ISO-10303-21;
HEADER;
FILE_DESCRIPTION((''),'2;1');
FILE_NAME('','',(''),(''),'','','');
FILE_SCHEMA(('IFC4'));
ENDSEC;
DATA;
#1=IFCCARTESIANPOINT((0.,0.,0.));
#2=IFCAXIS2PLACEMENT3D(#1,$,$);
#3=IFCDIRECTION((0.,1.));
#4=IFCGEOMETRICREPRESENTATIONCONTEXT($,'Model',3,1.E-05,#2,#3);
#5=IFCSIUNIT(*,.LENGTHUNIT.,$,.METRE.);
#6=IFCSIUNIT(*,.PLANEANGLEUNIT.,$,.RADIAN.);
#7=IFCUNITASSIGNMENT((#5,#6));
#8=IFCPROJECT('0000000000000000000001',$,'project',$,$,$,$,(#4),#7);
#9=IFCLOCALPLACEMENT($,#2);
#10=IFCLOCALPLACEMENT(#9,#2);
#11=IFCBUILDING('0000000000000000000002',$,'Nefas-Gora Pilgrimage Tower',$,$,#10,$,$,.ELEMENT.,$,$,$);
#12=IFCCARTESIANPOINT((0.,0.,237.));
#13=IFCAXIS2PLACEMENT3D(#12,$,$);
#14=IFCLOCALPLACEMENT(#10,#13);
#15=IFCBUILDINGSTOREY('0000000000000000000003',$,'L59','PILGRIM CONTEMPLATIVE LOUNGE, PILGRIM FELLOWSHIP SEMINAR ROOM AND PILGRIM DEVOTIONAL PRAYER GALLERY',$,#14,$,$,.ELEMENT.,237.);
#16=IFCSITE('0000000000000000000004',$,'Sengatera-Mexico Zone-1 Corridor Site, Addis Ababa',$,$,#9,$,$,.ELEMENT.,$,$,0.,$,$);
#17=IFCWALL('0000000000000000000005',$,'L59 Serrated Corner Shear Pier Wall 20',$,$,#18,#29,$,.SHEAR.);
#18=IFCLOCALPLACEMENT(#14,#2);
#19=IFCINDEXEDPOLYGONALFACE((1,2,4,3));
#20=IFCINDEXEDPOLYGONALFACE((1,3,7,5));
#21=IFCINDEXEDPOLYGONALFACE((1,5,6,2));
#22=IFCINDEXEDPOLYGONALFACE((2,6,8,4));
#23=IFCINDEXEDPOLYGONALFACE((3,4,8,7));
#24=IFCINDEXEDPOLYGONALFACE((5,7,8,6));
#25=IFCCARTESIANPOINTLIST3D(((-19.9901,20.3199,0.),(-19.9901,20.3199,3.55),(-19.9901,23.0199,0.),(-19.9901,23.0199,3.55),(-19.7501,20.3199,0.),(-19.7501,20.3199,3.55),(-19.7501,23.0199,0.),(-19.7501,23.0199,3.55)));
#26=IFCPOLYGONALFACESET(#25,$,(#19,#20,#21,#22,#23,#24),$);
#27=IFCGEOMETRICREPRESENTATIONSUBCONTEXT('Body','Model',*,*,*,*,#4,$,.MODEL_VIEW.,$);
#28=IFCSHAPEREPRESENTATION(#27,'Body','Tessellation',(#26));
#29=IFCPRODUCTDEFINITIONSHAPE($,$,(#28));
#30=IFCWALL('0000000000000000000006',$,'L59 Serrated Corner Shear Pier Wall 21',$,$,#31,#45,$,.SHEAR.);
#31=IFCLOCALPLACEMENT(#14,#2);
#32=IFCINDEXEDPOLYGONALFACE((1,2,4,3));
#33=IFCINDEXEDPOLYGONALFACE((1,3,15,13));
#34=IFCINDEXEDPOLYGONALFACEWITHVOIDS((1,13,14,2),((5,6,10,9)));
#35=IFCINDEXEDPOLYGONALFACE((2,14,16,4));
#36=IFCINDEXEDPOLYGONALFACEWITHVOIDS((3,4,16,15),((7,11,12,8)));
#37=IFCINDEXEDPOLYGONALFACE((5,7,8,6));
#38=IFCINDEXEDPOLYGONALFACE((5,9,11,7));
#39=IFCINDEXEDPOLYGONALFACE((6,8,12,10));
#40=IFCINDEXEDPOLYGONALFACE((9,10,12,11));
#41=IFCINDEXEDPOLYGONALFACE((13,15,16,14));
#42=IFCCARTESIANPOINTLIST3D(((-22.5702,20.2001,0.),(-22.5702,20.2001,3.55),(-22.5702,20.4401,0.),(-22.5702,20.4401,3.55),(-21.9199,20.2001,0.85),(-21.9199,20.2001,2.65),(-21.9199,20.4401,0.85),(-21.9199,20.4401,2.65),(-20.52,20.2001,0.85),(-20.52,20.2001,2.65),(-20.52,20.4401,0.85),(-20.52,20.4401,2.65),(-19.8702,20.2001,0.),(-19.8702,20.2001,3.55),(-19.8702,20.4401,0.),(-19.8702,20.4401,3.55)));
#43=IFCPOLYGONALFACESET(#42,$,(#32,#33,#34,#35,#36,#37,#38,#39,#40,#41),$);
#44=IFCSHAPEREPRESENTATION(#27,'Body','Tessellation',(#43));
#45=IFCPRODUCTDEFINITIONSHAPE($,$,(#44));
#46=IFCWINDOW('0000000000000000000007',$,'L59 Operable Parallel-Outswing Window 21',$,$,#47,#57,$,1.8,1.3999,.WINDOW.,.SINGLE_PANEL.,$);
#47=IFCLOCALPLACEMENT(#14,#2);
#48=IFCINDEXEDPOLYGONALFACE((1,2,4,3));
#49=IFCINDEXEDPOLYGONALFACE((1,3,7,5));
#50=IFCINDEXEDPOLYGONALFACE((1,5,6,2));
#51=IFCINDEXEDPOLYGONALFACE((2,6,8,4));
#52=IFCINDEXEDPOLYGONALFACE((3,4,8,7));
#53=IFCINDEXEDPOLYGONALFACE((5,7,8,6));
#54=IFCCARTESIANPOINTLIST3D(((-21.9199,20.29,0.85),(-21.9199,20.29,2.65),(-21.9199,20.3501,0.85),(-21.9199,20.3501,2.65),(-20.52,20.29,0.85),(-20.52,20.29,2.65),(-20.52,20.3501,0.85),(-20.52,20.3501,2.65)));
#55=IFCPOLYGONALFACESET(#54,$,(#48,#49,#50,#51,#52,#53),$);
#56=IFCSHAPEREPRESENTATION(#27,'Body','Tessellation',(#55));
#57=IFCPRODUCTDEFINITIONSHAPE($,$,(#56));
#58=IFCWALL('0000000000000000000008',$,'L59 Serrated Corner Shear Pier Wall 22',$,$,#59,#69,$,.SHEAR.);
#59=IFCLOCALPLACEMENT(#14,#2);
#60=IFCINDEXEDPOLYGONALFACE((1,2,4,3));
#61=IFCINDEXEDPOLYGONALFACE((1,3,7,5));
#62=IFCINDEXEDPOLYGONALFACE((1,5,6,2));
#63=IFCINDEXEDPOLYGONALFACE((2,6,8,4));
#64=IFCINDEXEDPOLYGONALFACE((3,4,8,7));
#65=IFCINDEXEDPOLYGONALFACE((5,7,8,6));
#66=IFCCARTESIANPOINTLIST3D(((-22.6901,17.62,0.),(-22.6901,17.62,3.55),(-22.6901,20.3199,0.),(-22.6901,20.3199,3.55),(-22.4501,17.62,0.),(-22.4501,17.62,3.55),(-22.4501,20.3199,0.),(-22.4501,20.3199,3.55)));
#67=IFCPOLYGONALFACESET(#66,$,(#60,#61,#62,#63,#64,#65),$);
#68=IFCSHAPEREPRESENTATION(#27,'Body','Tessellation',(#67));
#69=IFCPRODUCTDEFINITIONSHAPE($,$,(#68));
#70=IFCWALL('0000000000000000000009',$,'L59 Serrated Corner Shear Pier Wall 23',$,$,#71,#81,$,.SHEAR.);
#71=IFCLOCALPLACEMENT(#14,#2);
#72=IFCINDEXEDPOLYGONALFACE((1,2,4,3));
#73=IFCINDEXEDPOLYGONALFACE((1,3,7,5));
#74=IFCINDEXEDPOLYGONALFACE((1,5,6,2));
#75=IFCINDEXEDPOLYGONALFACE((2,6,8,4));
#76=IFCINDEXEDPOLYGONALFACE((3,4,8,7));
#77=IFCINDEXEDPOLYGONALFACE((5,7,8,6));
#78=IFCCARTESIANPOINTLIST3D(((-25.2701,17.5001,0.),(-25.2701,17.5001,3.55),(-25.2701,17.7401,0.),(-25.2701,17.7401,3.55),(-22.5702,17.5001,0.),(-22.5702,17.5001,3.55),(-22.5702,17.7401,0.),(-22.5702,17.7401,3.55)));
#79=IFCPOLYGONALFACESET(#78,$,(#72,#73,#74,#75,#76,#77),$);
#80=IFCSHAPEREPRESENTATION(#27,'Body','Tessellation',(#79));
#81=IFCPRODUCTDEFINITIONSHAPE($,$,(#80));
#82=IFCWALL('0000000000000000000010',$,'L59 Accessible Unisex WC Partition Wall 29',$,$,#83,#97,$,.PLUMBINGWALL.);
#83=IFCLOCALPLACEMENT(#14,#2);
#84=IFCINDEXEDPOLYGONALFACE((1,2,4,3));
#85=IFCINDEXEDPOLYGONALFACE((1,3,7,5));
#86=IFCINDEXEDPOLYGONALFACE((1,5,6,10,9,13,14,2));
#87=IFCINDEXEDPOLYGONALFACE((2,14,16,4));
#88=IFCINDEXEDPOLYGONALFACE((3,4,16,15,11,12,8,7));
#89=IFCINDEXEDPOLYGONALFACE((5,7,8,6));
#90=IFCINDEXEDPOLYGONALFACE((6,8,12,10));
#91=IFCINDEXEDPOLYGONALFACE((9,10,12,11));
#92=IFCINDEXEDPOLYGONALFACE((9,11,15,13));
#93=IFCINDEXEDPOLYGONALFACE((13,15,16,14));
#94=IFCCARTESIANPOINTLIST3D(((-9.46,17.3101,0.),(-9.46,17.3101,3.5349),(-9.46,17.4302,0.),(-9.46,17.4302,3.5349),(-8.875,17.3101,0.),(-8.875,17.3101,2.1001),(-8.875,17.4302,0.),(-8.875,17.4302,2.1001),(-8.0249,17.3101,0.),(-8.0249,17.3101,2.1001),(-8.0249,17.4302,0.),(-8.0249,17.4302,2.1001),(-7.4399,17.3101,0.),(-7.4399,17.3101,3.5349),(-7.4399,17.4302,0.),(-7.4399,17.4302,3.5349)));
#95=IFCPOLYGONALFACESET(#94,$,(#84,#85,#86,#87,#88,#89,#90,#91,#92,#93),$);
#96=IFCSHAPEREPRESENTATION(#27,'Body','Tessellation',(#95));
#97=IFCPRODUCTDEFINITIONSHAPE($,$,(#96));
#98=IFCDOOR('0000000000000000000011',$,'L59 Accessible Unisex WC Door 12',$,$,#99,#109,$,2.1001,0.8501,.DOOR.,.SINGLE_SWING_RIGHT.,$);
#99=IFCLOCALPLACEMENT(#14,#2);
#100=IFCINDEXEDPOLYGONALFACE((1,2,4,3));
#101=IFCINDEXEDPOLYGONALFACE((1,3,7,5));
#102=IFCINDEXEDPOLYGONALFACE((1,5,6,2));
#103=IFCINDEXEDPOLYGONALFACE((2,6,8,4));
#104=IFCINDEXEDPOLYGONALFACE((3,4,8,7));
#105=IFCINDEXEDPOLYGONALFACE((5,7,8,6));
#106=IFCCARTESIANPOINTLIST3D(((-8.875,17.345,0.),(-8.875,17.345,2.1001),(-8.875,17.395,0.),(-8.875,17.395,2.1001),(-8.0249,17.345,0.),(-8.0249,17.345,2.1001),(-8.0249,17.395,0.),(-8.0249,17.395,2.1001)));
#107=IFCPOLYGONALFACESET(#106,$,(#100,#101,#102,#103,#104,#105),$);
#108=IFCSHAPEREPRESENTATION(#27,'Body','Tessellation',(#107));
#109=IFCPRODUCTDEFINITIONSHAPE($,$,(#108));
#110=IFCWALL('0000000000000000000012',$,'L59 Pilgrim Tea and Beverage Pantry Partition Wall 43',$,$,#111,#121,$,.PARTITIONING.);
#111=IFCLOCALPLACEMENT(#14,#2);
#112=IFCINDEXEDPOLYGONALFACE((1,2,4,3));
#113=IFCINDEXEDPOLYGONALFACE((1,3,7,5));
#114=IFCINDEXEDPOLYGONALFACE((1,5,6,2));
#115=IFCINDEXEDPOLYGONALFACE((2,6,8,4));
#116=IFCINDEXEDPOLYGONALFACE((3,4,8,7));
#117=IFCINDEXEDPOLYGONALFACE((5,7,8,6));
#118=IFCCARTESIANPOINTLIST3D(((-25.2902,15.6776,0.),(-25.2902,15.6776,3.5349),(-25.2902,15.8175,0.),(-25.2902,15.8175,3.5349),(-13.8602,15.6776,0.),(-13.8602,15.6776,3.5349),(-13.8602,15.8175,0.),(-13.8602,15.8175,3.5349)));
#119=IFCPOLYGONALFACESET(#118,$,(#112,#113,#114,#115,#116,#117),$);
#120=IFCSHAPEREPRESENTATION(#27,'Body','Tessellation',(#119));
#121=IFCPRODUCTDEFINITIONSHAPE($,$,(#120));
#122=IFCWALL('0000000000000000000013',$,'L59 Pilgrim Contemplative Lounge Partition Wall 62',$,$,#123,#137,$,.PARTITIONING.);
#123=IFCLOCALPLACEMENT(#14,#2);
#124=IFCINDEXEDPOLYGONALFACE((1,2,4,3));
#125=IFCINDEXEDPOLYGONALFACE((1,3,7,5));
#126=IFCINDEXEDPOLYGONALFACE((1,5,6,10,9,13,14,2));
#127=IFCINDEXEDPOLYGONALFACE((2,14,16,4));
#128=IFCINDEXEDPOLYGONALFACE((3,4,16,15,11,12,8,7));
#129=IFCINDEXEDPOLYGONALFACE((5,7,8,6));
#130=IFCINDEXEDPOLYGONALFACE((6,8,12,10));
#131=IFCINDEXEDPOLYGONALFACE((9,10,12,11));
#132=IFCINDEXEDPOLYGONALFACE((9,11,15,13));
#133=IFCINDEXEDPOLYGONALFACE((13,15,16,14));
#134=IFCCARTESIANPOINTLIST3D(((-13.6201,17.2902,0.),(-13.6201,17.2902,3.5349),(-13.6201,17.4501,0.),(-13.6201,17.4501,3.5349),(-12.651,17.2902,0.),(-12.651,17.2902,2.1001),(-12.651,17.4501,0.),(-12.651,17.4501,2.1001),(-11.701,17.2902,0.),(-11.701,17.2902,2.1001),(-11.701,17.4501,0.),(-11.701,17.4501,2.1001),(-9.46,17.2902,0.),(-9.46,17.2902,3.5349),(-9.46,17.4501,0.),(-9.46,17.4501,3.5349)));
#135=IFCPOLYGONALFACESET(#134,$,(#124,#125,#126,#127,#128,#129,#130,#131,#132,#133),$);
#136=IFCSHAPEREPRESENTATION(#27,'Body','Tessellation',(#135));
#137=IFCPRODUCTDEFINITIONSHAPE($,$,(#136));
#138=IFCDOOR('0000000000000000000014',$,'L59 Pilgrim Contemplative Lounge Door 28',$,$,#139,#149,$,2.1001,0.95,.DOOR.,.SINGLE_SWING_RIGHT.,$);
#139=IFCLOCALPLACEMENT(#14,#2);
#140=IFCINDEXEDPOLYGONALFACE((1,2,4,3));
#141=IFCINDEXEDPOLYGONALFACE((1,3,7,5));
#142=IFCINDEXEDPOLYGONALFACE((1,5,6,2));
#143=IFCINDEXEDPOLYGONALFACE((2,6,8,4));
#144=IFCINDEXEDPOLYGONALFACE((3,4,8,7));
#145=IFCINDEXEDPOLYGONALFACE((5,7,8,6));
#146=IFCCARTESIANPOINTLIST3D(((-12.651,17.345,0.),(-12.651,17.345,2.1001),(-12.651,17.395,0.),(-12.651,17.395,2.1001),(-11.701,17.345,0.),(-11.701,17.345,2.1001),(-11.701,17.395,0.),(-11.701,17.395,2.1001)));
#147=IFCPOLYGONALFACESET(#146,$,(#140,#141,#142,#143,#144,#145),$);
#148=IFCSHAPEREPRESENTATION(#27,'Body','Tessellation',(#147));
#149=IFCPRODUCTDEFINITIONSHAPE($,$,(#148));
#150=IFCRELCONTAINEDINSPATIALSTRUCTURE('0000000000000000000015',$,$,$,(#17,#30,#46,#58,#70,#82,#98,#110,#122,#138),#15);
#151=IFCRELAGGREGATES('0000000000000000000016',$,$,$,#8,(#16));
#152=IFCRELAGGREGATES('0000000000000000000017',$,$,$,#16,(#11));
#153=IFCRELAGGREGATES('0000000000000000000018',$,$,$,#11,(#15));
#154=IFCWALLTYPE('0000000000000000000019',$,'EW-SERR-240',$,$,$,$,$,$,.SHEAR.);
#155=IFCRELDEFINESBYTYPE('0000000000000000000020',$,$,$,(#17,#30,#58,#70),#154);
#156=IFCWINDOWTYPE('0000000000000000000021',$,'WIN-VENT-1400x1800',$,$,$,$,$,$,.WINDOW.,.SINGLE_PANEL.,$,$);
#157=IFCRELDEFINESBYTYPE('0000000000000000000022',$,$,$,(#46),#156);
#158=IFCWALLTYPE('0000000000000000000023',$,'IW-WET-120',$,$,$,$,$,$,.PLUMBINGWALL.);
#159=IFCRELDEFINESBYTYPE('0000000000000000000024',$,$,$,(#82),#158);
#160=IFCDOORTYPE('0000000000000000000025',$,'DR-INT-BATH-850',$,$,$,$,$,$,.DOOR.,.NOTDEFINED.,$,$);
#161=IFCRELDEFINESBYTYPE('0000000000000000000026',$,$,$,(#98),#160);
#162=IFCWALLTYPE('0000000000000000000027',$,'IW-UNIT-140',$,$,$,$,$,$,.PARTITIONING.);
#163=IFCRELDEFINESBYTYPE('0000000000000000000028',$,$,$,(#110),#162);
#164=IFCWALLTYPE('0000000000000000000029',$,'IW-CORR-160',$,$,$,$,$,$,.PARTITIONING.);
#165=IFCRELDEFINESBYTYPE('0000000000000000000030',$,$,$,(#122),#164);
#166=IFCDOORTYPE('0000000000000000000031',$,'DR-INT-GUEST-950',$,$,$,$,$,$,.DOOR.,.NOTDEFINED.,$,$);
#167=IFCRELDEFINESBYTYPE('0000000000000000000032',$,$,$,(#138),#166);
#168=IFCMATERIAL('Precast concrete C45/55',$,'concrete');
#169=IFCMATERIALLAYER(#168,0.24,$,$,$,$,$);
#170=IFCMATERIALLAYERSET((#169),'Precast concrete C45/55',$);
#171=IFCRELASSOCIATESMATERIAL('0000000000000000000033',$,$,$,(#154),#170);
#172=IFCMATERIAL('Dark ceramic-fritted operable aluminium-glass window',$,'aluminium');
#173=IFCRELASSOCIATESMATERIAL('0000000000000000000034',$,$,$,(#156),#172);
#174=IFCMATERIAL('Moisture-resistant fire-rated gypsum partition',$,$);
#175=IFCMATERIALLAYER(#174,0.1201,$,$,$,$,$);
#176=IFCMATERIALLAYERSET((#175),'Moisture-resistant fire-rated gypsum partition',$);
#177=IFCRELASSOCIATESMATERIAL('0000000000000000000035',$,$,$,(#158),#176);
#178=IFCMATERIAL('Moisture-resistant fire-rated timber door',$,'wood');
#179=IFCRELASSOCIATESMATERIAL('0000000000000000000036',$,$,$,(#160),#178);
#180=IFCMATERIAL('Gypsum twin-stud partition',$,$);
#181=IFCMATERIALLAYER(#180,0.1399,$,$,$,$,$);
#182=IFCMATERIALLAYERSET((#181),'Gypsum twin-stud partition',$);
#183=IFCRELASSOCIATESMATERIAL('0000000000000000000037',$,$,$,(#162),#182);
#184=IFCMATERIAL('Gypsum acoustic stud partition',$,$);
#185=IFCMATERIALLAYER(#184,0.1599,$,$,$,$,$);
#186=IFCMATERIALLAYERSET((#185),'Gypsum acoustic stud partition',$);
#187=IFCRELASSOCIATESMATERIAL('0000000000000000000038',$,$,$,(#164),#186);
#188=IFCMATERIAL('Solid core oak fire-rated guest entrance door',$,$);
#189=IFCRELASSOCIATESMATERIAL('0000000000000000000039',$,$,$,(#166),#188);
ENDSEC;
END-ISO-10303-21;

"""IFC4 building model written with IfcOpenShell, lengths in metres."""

from ifc_helpers import new_model, si_unit, direction, frame, frame_2d, origin, place, context, subcontext, project, spatial, rectangle, extrude, source, transform, mapped, material, layer, layer_set, type_object, element, fill, save


model = new_model("IFC4")

# Units and contexts
model_context = context("Model", 3, precision=1e-05, world=origin(), true_north=direction((0.0, 1.0)))
body_context = subcontext(model_context, "Body", "Model", "MODEL_VIEW")
ifc_project = project(units=[si_unit("LENGTHUNIT", "METRE"), si_unit("PLANEANGLEUNIT", "RADIAN")], contexts=[model_context])

# Site, building, storey
site_placement = place(None, origin())
site = spatial("IfcSite", under=ifc_project, at=site_placement, Name="Sengatera-Mexico Zone-1 Corridor Site, Addis Ababa", CompositionType="ELEMENT", RefElevation=0.0)
building_placement = place(site_placement, origin())
building = spatial("IfcBuilding", under=site, at=building_placement, Name="Nefas-Gora Pilgrimage Tower", CompositionType="ELEMENT")
storey_placement = place(building_placement, frame((0.0, 0.0, 237.0)))
storey = spatial("IfcBuildingStorey", under=building, at=storey_placement, Name="L59", Description="PILGRIM CONTEMPLATIVE LOUNGE, PILGRIM FELLOWSHIP SEMINAR ROOM AND PILGRIM DEVOTIONAL PRAYER GALLERY", CompositionType="ELEMENT", Elevation=237.0)

# Wall
ifc_material_1 = material(Name="Precast concrete C45/55", Category="concrete")
ifc_layer_1 = layer(ifc_material_1, 0.24)
ifc_layer_set_1 = layer_set([ifc_layer_1], Name="Precast concrete C45/55")
wall_type_1 = type_object("IfcWallType", Name="EW-SERR-240", PredefinedType="SHEAR", material=ifc_layer_set_1)
shared_shape_1 = source(origin(), body_context, "Body", "SweptSolid", [
    extrude(rectangle(XDim=2.7, YDim=0.24, at=frame_2d((1.3501, 0.0))), origin(), (0.0, 0.0, 1.0), 3.55),
])
wall_1_placement = place(storey_placement, frame((-19.8701, 23.02, 0.0), z_axis=(0.0, 0.0, 1.0), x_axis=(0.0, -1.0, 0.0)))
element("IfcWall", 1, at=wall_1_placement, inside=storey, type_object=wall_type_1, Name="L59 Serrated Corner Shear Pier Wall 20", PredefinedType="SHEAR", context=body_context, shape_type="MappedRepresentation", body=[
    mapped(shared_shape_1, transform((0.0, 0.0, 0.0), x_axis=(1.0, 0.0, 0.0), y_axis=(0.0, 1.0, 0.0), z_axis=(0.0, 0.0, 1.0), scale=1.0)),
])

# Wall, opening, window
wall_2_placement = place(storey_placement, frame((-19.8701, 20.3201, 0.0), z_axis=(0.0, 0.0, 1.0), x_axis=(-1.0, 0.0, 0.0)))
wall_2 = element("IfcWall", 2, at=wall_2_placement, inside=storey, type_object=wall_type_1, Name="L59 Serrated Corner Shear Pier Wall 21", PredefinedType="SHEAR", context=body_context, shape_type="MappedRepresentation", body=[
    mapped(shared_shape_1, transform((0.0, 0.0, 0.0), x_axis=(1.0, 0.0, 0.0), y_axis=(0.0, 1.0, 0.0), z_axis=(0.0, 0.0, 1.0), scale=1.0)),
])
opening_1_placement = place(wall_2_placement, frame((0.6499, 0.0, 0.8501)))
opening_1 = element("IfcOpeningElement", 3, at=opening_1_placement, cuts=wall_2, PredefinedType="OPENING", context=body_context, shape_type="SweptSolid", body=[
    extrude(rectangle(XDim=1.3999, YDim=1.8, at=frame_2d((0.7, 0.8999))), frame((0.0, 0.1299, 0.0), z_axis=(0.0, -1.0, 0.0), x_axis=(1.0, 0.0, 0.0)), (0.0, 0.0, 1.0), 0.26),
])
ifc_material_2 = material(Name="Dark ceramic-fritted operable aluminium-glass window", Category="aluminium")
window_type = type_object("IfcWindowType", Name="WIN-VENT-1400x1800", PartitioningType="SINGLE_PANEL", PredefinedType="WINDOW", material=ifc_material_2)
shared_shape_2 = source(origin(), body_context, "Body", "SweptSolid", [
    extrude(rectangle(XDim=1.3999, YDim=1.8, at=frame_2d((0.7, 0.8999))), frame((0.0, 0.03, 0.0), z_axis=(0.0, -1.0, 0.0), x_axis=(1.0, 0.0, 0.0)), (0.0, 0.0, 1.0), 0.0601),
])
window_placement = place(opening_1_placement, origin())
window = element("IfcWindow", 4, at=window_placement, inside=storey, type_object=window_type, Name="L59 Operable Parallel-Outswing Window 21", OverallHeight=1.8, OverallWidth=1.3999, PartitioningType="SINGLE_PANEL", PredefinedType="WINDOW", context=body_context, shape_type="MappedRepresentation", body=[
    mapped(shared_shape_2, transform((0.0, 0.0, 0.0), x_axis=(1.0, 0.0, 0.0), y_axis=(0.0, 1.0, 0.0), z_axis=(0.0, 0.0, 1.0), scale=1.0)),
])
fill(opening_1, window)

# Walls
for number, where, z_axis, x_axis, name in (
    (5, (-22.5701, 20.3201, 0.0), (0.0, 0.0, 1.0), (0.0, -1.0, 0.0), "L59 Serrated Corner Shear Pier Wall 22"),
    (6, (-22.5701, 17.6201, 0.0), (0.0, 0.0, 1.0), (-1.0, 0.0, 0.0), "L59 Serrated Corner Shear Pier Wall 23"),
):
    element("IfcWall", number, at=place(storey_placement, frame(where, z_axis=z_axis, x_axis=x_axis)), inside=storey, type_object=wall_type_1, Name=name, PredefinedType="SHEAR", context=body_context, shape_type="MappedRepresentation", body=[
        mapped(shared_shape_1, transform((0.0, 0.0, 0.0), x_axis=(1.0, 0.0, 0.0), y_axis=(0.0, 1.0, 0.0), z_axis=(0.0, 0.0, 1.0), scale=1.0)),
    ])

# Wall, opening, door
ifc_material_3 = material(Name="Moisture-resistant fire-rated gypsum partition")
ifc_layer_2 = layer(ifc_material_3, 0.1201)
ifc_layer_set_2 = layer_set([ifc_layer_2], Name="Moisture-resistant fire-rated gypsum partition")
wall_type_2 = type_object("IfcWallType", Name="IW-WET-120", PredefinedType="PLUMBINGWALL", material=ifc_layer_set_2)
shared_shape_3 = source(origin(), body_context, "Body", "SweptSolid", [
    extrude(rectangle(XDim=2.02, YDim=0.1201, at=frame_2d((1.01, 0.0))), origin(), (0.0, 0.0, 1.0), 3.5349),
])
wall_3_placement = place(storey_placement, frame((-9.46, 17.3701, 0.0), z_axis=(0.0, 0.0, 1.0), x_axis=(1.0, 0.0, 0.0)))
wall_3 = element("IfcWall", 7, at=wall_3_placement, inside=storey, type_object=wall_type_2, Name="L59 Accessible Unisex WC Partition Wall 29", PredefinedType="PLUMBINGWALL", context=body_context, shape_type="MappedRepresentation", body=[
    mapped(shared_shape_3, transform((0.0, 0.0, 0.0), x_axis=(1.0, 0.0, 0.0), y_axis=(0.0, 1.0, 0.0), z_axis=(0.0, 0.0, 1.0), scale=1.0)),
])
opening_2_placement = place(wall_3_placement, frame((0.585, 0.0, 0.0)))
opening_2 = element("IfcOpeningElement", 8, at=opening_2_placement, cuts=wall_3, PredefinedType="OPENING", context=body_context, shape_type="SweptSolid", body=[
    extrude(rectangle(XDim=0.8501, YDim=2.1001, at=frame_2d((0.425, 1.05))), frame((0.0, 0.0701, 0.0), z_axis=(0.0, -1.0, 0.0), x_axis=(1.0, 0.0, 0.0)), (0.0, 0.0, 1.0), 0.1401),
])
ifc_material_4 = material(Name="Moisture-resistant fire-rated timber door", Category="wood")
door_type_1 = type_object("IfcDoorType", Name="DR-INT-BATH-850", OperationType="NOTDEFINED", PredefinedType="DOOR", material=ifc_material_4)
shared_shape_4 = source(origin(), body_context, "Body", "SweptSolid", [
    extrude(rectangle(XDim=0.8501, YDim=2.1001, at=frame_2d((0.425, 1.05))), frame((0.0, 0.0249, 0.0), z_axis=(0.0, -1.0, 0.0), x_axis=(1.0, 0.0, 0.0)), (0.0, 0.0, 1.0), 0.05),
])
door_1_placement = place(opening_2_placement, origin())
door_1 = element("IfcDoor", 9, at=door_1_placement, inside=storey, type_object=door_type_1, Name="L59 Accessible Unisex WC Door 12", OperationType="SINGLE_SWING_RIGHT", OverallHeight=2.1001, OverallWidth=0.8501, PredefinedType="DOOR", context=body_context, shape_type="MappedRepresentation", body=[
    mapped(shared_shape_4, transform((0.0, 0.0, 0.0), x_axis=(1.0, 0.0, 0.0), y_axis=(0.0, 1.0, 0.0), z_axis=(0.0, 0.0, 1.0), scale=1.0)),
])
fill(opening_2, door_1)

# Wall
ifc_material_5 = material(Name="Gypsum twin-stud partition")
ifc_layer_3 = layer(ifc_material_5, 0.1399)
ifc_layer_set_3 = layer_set([ifc_layer_3], Name="Gypsum twin-stud partition")
wall_type_3 = type_object("IfcWallType", Name="IW-UNIT-140", PredefinedType="PARTITIONING", material=ifc_layer_set_3)
shared_shape_5 = source(origin(), body_context, "Body", "SweptSolid", [
    extrude(rectangle(XDim=11.4299, YDim=0.1399, at=frame_2d((5.7148, 0.0))), origin(), (0.0, 0.0, 1.0), 3.5349),
])
wall_4_placement = place(storey_placement, frame((-25.29, 15.7476, 0.0), z_axis=(0.0, 0.0, 1.0), x_axis=(1.0, 0.0, 0.0)))
element("IfcWall", 10, at=wall_4_placement, inside=storey, type_object=wall_type_3, Name="L59 Pilgrim Tea and Beverage Pantry Partition Wall 43", PredefinedType="PARTITIONING", context=body_context, shape_type="MappedRepresentation", body=[
    mapped(shared_shape_5, transform((0.0, 0.0, 0.0), x_axis=(1.0, 0.0, 0.0), y_axis=(0.0, 1.0, 0.0), z_axis=(0.0, 0.0, 1.0), scale=1.0)),
])

# Wall, opening, door
ifc_material_6 = material(Name="Gypsum acoustic stud partition")
ifc_layer_4 = layer(ifc_material_6, 0.1599)
ifc_layer_set_4 = layer_set([ifc_layer_4], Name="Gypsum acoustic stud partition")
wall_type_4 = type_object("IfcWallType", Name="IW-CORR-160", PredefinedType="PARTITIONING", material=ifc_layer_set_4)
shared_shape_6 = source(origin(), body_context, "Body", "SweptSolid", [
    extrude(rectangle(XDim=4.1602, YDim=0.1599, at=frame_2d((2.0801, 0.0))), origin(), (0.0, 0.0, 1.0), 3.5349),
])
wall_5_placement = place(storey_placement, frame((-13.6201, 17.3701, 0.0), z_axis=(0.0, 0.0, 1.0), x_axis=(1.0, 0.0, 0.0)))
wall_5 = element("IfcWall", 11, at=wall_5_placement, inside=storey, type_object=wall_type_4, Name="L59 Pilgrim Contemplative Lounge Partition Wall 62", PredefinedType="PARTITIONING", context=body_context, shape_type="MappedRepresentation", body=[
    mapped(shared_shape_6, transform((0.0, 0.0, 0.0), x_axis=(1.0, 0.0, 0.0), y_axis=(0.0, 1.0, 0.0), z_axis=(0.0, 0.0, 1.0), scale=1.0)),
])
opening_3_placement = place(wall_5_placement, frame((0.969, 0.0, 0.0)))
opening_3 = element("IfcOpeningElement", 12, at=opening_3_placement, cuts=wall_5, PredefinedType="OPENING", context=body_context, shape_type="SweptSolid", body=[
    extrude(rectangle(XDim=0.95, YDim=2.1001, at=frame_2d((0.4751, 1.05))), frame((0.0, 0.0898, 0.0), z_axis=(0.0, -1.0, 0.0), x_axis=(1.0, 0.0, 0.0)), (0.0, 0.0, 1.0), 0.1799),
])
ifc_material_7 = material(Name="Solid core oak fire-rated guest entrance door")
door_type_2 = type_object("IfcDoorType", Name="DR-INT-GUEST-950", OperationType="NOTDEFINED", PredefinedType="DOOR", material=ifc_material_7)
shared_shape_7 = source(origin(), body_context, "Body", "SweptSolid", [
    extrude(rectangle(XDim=0.95, YDim=2.1001, at=frame_2d((0.4751, 1.05))), frame((0.0, 0.0249, 0.0), z_axis=(0.0, -1.0, 0.0), x_axis=(1.0, 0.0, 0.0)), (0.0, 0.0, 1.0), 0.05),
])
door_2_placement = place(opening_3_placement, origin())
door_2 = element("IfcDoor", 13, at=door_2_placement, inside=storey, type_object=door_type_2, Name="L59 Pilgrim Contemplative Lounge Door 28", OperationType="SINGLE_SWING_RIGHT", OverallHeight=2.1001, OverallWidth=0.95, PredefinedType="DOOR", context=body_context, shape_type="MappedRepresentation", body=[
    mapped(shared_shape_7, transform((0.0, 0.0, 0.0), x_axis=(1.0, 0.0, 0.0), y_axis=(0.0, 1.0, 0.0), z_axis=(0.0, 0.0, 1.0), scale=1.0)),
])
fill(opening_3, door_2)

save(model, "model.ifc")
